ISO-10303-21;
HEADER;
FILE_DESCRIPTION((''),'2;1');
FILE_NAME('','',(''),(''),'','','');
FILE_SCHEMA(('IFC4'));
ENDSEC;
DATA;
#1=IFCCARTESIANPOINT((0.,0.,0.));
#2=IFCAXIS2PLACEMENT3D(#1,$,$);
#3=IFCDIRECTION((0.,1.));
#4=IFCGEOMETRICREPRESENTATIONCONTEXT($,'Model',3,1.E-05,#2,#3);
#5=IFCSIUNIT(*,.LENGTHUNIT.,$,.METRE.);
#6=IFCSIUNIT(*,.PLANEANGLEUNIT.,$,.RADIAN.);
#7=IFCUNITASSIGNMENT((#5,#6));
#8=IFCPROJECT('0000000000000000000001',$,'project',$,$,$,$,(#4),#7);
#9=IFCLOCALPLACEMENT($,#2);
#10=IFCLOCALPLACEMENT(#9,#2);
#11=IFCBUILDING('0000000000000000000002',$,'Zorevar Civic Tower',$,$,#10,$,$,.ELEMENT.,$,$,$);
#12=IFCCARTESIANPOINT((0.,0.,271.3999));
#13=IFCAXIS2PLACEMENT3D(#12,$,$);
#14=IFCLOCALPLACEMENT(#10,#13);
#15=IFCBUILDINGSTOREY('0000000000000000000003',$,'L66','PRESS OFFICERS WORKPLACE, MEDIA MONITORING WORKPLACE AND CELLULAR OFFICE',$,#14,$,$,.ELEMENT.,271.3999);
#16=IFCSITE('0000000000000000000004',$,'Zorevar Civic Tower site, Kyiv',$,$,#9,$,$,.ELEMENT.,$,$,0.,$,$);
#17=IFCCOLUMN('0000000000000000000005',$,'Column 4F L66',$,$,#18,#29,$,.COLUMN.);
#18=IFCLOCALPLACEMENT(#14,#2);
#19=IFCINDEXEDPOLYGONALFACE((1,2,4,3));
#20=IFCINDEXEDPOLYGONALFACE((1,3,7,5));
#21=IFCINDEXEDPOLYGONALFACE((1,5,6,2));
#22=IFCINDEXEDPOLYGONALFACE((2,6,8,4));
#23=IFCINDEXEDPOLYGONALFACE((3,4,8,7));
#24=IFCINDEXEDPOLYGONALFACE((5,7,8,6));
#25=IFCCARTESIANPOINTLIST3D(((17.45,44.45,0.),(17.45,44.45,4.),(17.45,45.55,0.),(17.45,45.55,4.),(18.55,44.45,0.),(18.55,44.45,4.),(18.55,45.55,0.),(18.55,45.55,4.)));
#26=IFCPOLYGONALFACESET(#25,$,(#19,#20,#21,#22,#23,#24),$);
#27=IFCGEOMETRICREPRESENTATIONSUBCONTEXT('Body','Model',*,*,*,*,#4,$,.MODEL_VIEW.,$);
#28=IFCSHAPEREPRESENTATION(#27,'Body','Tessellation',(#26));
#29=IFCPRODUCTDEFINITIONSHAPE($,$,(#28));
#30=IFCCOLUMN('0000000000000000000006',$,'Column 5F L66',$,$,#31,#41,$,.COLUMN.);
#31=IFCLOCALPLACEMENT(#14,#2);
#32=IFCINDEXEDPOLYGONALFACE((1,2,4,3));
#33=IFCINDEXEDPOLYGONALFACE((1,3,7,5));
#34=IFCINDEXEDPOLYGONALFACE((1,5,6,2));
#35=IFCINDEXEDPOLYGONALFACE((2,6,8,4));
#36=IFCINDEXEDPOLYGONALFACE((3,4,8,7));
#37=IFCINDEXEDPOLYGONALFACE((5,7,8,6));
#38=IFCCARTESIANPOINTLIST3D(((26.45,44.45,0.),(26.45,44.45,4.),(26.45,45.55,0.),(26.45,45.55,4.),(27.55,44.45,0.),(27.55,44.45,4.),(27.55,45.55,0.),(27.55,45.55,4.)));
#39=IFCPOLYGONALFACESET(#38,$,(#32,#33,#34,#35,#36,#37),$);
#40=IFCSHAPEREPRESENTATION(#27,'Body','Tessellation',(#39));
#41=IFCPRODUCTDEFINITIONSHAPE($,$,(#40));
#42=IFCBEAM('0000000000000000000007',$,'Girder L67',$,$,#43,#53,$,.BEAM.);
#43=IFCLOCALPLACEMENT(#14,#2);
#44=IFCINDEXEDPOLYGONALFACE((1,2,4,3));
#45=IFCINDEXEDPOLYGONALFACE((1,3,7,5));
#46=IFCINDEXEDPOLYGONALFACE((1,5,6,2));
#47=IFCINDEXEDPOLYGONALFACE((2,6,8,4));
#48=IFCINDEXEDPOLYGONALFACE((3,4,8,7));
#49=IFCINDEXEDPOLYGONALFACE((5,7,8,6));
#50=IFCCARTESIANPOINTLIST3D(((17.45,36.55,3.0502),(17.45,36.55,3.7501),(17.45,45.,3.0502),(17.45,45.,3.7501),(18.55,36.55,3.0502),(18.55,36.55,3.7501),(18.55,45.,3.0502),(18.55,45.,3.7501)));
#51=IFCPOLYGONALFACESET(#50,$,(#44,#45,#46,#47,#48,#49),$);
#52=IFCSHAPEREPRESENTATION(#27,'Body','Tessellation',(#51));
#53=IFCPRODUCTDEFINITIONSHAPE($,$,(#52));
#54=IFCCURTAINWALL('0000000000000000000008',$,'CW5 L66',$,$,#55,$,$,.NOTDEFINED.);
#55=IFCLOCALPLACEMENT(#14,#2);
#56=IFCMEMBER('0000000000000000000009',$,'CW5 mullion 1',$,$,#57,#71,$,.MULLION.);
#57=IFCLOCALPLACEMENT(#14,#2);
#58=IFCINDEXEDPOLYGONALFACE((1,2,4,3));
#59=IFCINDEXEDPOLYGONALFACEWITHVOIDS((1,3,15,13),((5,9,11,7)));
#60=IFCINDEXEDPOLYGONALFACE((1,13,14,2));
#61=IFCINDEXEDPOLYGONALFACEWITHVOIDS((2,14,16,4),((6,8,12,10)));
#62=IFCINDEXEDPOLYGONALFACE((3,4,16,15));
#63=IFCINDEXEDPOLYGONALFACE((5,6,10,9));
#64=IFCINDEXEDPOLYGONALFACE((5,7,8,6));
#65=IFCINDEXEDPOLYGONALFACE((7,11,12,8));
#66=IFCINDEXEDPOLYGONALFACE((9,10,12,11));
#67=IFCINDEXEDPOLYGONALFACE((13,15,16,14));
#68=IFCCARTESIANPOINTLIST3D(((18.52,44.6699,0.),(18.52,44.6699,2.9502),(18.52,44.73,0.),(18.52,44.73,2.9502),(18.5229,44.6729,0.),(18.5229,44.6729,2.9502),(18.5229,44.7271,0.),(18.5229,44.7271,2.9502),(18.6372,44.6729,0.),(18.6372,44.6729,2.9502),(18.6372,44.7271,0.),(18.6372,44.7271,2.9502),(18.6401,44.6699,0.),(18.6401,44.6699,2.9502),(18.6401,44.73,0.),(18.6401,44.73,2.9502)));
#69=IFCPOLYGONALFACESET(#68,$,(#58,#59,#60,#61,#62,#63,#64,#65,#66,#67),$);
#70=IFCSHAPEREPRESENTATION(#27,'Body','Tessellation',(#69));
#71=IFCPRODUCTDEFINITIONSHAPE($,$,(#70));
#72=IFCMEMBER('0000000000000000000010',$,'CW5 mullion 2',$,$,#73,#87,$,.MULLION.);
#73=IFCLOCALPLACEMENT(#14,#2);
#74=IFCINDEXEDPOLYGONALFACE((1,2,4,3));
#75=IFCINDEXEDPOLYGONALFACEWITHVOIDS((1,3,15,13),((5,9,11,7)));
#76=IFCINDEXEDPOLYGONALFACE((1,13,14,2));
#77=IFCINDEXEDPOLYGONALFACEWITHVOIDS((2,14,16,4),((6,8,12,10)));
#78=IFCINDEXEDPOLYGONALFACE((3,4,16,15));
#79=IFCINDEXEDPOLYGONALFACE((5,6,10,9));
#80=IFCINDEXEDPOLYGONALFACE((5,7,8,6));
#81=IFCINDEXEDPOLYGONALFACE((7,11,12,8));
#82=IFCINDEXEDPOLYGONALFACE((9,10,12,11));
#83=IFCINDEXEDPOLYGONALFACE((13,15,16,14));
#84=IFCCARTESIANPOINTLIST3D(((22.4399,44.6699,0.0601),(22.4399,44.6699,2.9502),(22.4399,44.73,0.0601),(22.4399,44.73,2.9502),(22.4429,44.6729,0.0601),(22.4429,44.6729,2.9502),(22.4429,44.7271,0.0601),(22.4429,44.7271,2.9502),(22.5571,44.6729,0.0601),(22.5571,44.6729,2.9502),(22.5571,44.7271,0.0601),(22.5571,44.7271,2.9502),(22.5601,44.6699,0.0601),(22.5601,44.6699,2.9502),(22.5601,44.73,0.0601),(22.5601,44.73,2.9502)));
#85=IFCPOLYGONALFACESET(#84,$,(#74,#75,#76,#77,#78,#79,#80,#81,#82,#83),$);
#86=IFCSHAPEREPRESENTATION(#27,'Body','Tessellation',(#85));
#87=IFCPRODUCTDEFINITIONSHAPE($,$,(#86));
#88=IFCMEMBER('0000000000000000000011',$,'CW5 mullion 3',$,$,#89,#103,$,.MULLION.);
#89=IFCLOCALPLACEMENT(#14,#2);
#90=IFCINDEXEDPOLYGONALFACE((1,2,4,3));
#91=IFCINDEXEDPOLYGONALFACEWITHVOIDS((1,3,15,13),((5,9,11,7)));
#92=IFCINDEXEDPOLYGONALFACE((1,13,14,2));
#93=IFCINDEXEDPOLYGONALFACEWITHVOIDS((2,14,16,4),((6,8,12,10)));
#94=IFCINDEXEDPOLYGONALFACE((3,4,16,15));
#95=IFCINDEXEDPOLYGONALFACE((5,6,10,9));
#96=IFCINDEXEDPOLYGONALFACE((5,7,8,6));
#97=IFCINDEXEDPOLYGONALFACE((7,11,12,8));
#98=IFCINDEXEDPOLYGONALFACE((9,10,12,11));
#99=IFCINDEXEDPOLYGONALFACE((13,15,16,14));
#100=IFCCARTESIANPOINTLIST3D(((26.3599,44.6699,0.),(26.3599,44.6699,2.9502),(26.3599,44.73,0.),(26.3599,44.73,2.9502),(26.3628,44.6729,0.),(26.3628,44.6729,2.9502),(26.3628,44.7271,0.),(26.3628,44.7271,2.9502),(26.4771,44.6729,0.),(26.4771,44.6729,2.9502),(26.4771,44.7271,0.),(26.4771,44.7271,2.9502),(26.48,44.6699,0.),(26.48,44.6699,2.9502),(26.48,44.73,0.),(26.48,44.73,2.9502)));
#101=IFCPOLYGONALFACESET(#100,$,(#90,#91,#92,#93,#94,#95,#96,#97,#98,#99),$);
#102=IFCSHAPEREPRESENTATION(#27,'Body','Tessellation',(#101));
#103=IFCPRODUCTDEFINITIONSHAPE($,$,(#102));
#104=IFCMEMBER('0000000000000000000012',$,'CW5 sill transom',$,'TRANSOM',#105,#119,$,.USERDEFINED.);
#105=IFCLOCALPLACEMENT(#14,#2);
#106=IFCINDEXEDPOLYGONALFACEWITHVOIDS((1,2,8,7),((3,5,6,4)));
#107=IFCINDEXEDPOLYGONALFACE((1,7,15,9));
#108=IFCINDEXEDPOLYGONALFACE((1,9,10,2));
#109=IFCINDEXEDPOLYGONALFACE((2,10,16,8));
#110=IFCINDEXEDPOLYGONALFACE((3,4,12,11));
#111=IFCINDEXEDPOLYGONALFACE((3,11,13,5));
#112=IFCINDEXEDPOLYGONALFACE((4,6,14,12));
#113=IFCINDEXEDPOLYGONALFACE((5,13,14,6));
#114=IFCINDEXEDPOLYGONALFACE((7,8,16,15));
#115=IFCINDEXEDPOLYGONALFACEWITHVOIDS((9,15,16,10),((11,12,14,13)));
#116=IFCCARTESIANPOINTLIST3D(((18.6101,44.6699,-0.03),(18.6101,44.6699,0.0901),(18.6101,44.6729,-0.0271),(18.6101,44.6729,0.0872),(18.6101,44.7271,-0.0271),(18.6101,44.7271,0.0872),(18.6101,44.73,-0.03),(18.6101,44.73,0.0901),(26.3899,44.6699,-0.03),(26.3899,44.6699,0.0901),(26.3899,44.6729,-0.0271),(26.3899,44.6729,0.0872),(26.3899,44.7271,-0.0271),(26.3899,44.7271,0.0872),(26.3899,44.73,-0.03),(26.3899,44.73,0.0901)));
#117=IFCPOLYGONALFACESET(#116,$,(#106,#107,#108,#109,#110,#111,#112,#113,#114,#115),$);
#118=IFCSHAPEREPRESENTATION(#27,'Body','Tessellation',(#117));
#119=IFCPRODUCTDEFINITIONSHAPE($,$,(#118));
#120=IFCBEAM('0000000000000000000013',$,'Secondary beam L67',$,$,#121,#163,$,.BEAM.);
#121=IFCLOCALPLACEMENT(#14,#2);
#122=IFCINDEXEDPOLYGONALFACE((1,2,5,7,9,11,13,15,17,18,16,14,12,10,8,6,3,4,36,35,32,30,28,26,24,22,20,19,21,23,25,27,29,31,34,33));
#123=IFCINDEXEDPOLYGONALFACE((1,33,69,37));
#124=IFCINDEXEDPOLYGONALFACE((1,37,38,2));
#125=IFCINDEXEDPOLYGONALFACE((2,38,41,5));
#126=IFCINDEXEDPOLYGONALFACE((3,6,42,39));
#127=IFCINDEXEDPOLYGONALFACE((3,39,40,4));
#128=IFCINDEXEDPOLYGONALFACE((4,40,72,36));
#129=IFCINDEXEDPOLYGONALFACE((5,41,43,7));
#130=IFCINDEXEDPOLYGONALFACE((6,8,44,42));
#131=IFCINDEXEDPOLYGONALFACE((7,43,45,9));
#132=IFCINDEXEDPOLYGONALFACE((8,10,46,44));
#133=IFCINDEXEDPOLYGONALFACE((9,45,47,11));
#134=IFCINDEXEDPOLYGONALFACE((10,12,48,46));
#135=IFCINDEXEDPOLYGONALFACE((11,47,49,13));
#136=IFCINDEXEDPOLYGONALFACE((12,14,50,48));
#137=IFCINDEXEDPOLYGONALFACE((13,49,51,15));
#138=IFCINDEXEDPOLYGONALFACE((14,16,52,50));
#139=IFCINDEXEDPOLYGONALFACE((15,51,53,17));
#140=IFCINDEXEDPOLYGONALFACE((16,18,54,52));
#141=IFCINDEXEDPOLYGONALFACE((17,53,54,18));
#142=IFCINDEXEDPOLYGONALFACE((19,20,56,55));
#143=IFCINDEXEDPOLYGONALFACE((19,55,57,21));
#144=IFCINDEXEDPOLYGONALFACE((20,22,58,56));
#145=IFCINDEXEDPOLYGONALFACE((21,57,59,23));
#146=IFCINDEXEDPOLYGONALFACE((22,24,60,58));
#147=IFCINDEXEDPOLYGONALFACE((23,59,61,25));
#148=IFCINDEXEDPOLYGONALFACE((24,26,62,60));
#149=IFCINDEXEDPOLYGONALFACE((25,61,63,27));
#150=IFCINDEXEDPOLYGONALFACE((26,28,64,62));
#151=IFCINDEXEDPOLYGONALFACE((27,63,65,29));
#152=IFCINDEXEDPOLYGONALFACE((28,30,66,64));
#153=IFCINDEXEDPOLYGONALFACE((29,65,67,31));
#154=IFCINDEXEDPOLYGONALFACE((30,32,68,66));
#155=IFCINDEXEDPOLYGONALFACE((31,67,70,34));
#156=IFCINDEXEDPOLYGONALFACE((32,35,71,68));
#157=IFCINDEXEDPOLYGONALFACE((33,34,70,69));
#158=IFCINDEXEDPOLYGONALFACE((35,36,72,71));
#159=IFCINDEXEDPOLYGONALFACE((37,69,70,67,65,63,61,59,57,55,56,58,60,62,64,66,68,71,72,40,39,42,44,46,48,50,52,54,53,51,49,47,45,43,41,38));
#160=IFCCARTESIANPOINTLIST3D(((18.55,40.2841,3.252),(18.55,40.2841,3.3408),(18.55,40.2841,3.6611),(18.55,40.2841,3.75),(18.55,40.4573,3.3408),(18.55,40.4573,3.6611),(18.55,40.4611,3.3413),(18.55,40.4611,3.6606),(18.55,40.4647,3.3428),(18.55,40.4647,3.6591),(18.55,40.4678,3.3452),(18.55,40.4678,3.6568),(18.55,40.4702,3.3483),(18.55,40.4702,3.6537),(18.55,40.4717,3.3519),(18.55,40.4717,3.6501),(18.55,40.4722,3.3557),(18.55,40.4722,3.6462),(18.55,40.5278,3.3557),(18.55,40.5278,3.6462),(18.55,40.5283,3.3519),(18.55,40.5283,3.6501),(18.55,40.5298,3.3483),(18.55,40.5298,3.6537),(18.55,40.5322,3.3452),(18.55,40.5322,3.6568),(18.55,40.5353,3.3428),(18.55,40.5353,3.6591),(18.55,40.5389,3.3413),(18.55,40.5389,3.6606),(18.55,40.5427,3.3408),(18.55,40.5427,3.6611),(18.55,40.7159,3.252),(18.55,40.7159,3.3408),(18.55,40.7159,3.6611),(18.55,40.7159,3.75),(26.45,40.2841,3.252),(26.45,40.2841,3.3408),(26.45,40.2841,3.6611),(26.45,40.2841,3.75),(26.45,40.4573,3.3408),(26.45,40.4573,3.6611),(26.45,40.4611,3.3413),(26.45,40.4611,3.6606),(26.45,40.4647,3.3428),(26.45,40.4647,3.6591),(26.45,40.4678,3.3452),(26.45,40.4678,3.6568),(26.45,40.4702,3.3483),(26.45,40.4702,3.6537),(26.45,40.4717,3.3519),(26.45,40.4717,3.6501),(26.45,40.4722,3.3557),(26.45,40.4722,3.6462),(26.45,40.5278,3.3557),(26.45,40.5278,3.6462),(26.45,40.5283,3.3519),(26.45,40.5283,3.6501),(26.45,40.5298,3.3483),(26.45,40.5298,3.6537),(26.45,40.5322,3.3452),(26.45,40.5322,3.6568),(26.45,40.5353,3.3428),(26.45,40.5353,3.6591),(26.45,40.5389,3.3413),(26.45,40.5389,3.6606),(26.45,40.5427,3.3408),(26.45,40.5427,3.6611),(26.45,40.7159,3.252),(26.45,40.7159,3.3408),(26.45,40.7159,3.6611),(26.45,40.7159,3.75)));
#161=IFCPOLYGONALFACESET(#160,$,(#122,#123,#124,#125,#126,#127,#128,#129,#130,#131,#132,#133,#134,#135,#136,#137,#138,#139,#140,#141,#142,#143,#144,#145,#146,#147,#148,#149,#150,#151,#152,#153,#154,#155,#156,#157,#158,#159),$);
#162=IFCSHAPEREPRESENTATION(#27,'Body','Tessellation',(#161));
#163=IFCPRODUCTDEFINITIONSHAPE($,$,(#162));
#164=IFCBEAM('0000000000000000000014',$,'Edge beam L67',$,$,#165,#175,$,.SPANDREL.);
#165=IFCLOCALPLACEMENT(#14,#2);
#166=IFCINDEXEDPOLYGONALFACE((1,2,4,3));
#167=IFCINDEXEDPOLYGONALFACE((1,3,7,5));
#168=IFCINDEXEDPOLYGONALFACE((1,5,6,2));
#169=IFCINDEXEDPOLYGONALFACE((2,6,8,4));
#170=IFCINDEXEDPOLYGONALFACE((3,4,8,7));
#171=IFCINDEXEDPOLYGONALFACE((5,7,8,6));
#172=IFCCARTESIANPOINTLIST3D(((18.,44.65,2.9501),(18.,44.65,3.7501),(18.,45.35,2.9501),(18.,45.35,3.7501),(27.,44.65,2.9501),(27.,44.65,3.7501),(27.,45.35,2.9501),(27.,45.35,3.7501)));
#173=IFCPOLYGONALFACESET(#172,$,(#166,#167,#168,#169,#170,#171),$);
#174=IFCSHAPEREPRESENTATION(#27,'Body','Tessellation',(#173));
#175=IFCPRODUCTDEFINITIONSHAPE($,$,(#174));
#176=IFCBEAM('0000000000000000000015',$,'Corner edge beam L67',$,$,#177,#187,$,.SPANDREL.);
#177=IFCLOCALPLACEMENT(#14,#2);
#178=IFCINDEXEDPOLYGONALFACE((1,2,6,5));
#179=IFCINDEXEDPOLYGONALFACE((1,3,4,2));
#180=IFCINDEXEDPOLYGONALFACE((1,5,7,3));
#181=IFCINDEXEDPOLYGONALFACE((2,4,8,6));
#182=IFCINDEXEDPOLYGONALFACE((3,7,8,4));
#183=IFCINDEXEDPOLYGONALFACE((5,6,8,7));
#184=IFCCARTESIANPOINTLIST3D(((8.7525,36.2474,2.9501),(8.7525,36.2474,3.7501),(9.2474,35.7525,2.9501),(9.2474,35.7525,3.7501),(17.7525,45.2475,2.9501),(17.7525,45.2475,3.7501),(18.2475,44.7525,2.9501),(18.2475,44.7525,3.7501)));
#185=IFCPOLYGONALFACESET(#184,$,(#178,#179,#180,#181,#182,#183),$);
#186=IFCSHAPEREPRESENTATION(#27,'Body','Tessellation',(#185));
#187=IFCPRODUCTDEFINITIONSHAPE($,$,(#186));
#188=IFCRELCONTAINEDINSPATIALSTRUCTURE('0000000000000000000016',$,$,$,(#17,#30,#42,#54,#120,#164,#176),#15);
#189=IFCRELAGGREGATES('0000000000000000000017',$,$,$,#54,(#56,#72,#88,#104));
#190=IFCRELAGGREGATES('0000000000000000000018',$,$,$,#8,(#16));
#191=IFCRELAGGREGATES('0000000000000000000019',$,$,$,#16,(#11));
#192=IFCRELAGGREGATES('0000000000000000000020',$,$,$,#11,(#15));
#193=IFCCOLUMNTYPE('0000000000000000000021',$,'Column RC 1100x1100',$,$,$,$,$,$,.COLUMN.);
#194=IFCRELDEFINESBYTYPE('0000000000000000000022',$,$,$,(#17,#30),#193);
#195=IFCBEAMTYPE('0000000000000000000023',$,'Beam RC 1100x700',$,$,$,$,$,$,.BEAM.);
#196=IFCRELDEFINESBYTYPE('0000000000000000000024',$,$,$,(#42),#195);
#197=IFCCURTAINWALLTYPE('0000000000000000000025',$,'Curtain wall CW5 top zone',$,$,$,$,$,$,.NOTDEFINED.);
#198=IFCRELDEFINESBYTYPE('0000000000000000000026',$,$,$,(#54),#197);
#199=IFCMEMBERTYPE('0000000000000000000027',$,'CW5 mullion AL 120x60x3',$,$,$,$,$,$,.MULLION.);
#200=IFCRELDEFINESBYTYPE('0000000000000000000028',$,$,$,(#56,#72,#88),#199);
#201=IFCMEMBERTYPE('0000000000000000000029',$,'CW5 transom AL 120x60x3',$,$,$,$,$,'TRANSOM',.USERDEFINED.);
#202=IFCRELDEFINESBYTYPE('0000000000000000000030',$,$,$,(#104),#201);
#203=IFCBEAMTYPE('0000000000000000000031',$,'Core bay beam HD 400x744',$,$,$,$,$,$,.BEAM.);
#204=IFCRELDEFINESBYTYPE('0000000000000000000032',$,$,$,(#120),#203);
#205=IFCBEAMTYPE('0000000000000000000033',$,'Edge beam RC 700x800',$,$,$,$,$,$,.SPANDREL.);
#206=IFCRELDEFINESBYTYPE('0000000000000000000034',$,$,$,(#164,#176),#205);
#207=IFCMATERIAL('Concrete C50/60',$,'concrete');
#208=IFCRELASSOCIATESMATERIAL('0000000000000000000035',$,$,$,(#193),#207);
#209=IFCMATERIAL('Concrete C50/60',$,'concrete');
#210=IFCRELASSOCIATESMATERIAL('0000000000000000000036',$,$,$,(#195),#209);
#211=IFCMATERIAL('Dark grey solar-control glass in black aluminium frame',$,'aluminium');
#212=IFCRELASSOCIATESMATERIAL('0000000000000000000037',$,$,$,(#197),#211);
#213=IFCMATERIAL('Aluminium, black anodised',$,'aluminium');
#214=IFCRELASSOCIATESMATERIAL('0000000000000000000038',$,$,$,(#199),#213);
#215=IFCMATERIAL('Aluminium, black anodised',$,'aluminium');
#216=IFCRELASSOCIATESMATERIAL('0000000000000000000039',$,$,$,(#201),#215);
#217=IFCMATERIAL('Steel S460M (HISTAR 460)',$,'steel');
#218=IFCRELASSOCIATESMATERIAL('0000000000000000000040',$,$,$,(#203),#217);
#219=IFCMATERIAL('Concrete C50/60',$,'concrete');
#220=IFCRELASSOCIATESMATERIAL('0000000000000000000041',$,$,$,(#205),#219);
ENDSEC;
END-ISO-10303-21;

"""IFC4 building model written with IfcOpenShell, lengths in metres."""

from ifc_helpers import new_model, si_unit, direction, frame, origin, origin_2d, place, context, subcontext, project, spatial, rectangle, hollow_rectangle, i_section, extrude, material, material_profile, profile_set, type_object, element, aggregate, save


model = new_model("IFC4")

# Units and contexts
model_context = context("Model", 3, precision=1e-05, world=origin(), true_north=direction((0.0, 1.0)))
body_context = subcontext(model_context, "Body", "Model", "MODEL_VIEW")
ifc_project = project(units=[si_unit("LENGTHUNIT", "METRE"), si_unit("PLANEANGLEUNIT", "RADIAN")], contexts=[model_context])

# Site, building, storey
site_placement = place(None, origin())
site = spatial("IfcSite", under=ifc_project, at=site_placement, Name="Zorevar Civic Tower site, Kyiv", CompositionType="ELEMENT", RefElevation=0.0)
building_placement = place(site_placement, origin())
building = spatial("IfcBuilding", under=site, at=building_placement, Name="Zorevar Civic Tower", CompositionType="ELEMENT")
storey_placement = place(building_placement, frame((0.0, 0.0, 271.3999)))
storey = spatial("IfcBuildingStorey", under=building, at=storey_placement, Name="L66", Description="PRESS OFFICERS WORKPLACE, MEDIA MONITORING WORKPLACE AND CELLULAR OFFICE", CompositionType="ELEMENT", Elevation=271.3999)

# Columns
ifc_material_1 = material(Name="Concrete C50/60", Category="concrete")
ifc_material_profile_1 = material_profile(ifc_material_1, rectangle(XDim=1.1001, YDim=1.1001, at=origin_2d()), Name="RC 1100x1100")
ifc_profile_set_1 = profile_set([ifc_material_profile_1], Name="Concrete C50/60")
column_type = type_object("IfcColumnType", Name="Column RC 1100x1100", PredefinedType="COLUMN", material=ifc_profile_set_1)
for number, where, z_axis, x_axis, name in (
    (1, (18.0, 45.0, 0.0), (0.0, 0.0, 1.0), (1.0, 0.0, 0.0), "Column 4F L66"),
    (2, (27.0, 45.0, 0.0), (0.0, 0.0, 1.0), (1.0, 0.0, 0.0), "Column 5F L66"),
):
    element("IfcColumn", number, at=place(storey_placement, frame(where, z_axis=z_axis, x_axis=x_axis)), inside=storey, type_object=column_type, Name=name, PredefinedType="COLUMN", context=body_context, shape_type="SweptSolid", body=[
        extrude(rectangle(XDim=1.1001, YDim=1.1001, at=origin_2d()), origin(), (0.0, 0.0, 1.0), 4.0),
    ])

# Beam
ifc_material_2 = material(Name="Concrete C50/60", Category="concrete")
ifc_material_profile_2 = material_profile(ifc_material_2, rectangle(XDim=1.1001, YDim=0.7, at=origin_2d()), Name="RC 1100x700")
ifc_profile_set_2 = profile_set([ifc_material_profile_2], Name="Concrete C50/60")
beam_type_1 = type_object("IfcBeamType", Name="Beam RC 1100x700", PredefinedType="BEAM", material=ifc_profile_set_2)
beam_1_placement = place(storey_placement, frame((18.0, 36.55, 3.4001), z_axis=(0.0, 1.0, 0.0), x_axis=(-1.0, 0.0, 0.0)))
element("IfcBeam", 3, at=beam_1_placement, inside=storey, type_object=beam_type_1, Name="Girder L67", PredefinedType="BEAM", context=body_context, shape_type="SweptSolid", body=[
    extrude(rectangle(XDim=1.1001, YDim=0.7, at=origin_2d()), origin(), (0.0, 0.0, 1.0), 8.45),
])

# Curtain wall, members
ifc_material_3 = material(Name="Dark grey solar-control glass in black aluminium frame", Category="aluminium")
curtain_wall_type = type_object("IfcCurtainWallType", Name="Curtain wall CW5 top zone", PredefinedType="NOTDEFINED", material=ifc_material_3)
curtain_wall_placement = place(storey_placement, origin())
curtain_wall = element("IfcCurtainWall", 4, at=curtain_wall_placement, inside=storey, type_object=curtain_wall_type, Name="CW5 L66", PredefinedType="NOTDEFINED")
ifc_material_4 = material(Name="Aluminium, black anodised", Category="aluminium")
ifc_material_profile_3 = material_profile(ifc_material_4, hollow_rectangle(XDim=0.0601, YDim=0.1201, WallThickness=0.0029, at=origin_2d()), Name="AL 120x60x3")
ifc_profile_set_3 = profile_set([ifc_material_profile_3], Name="Aluminium, black anodised")
member_type_1 = type_object("IfcMemberType", Name="CW5 mullion AL 120x60x3", PredefinedType="MULLION", material=ifc_profile_set_3)
member_1_placement = place(storey_placement, frame((18.5801, 44.7, 0.0), z_axis=(0.0, 0.0, 1.0), x_axis=(0.0, 1.0, 0.0)))
member_1 = element("IfcMember", 5, at=member_1_placement, type_object=member_type_1, Name="CW5 mullion 1", PredefinedType="MULLION", context=body_context, shape_type="SweptSolid", body=[
    extrude(hollow_rectangle(XDim=0.0601, YDim=0.1201, WallThickness=0.0029, at=origin_2d()), origin(), (0.0, 0.0, 1.0), 2.9502),
])
member_2_placement = place(storey_placement, frame((22.5, 44.7, 0.0601), z_axis=(0.0, 0.0, 1.0), x_axis=(0.0, 1.0, 0.0)))
member_2 = element("IfcMember", 6, at=member_2_placement, type_object=member_type_1, Name="CW5 mullion 2", PredefinedType="MULLION", context=body_context, shape_type="SweptSolid", body=[
    extrude(hollow_rectangle(XDim=0.0601, YDim=0.1201, WallThickness=0.0029, at=origin_2d()), origin(), (0.0, 0.0, 1.0), 2.8901),
])
member_3_placement = place(storey_placement, frame((26.4199, 44.7, 0.0), z_axis=(0.0, 0.0, 1.0), x_axis=(0.0, 1.0, 0.0)))
member_3 = element("IfcMember", 7, at=member_3_placement, type_object=member_type_1, Name="CW5 mullion 3", PredefinedType="MULLION", context=body_context, shape_type="SweptSolid", body=[
    extrude(hollow_rectangle(XDim=0.0601, YDim=0.1201, WallThickness=0.0029, at=origin_2d()), origin(), (0.0, 0.0, 1.0), 2.9502),
])
ifc_material_5 = material(Name="Aluminium, black anodised", Category="aluminium")
ifc_material_profile_4 = material_profile(ifc_material_5, hollow_rectangle(XDim=0.0601, YDim=0.1201, WallThickness=0.0029, at=origin_2d()), Name="AL 120x60x3")
ifc_profile_set_4 = profile_set([ifc_material_profile_4], Name="Aluminium, black anodised")
member_type_2 = type_object("IfcMemberType", Name="CW5 transom AL 120x60x3", ElementType="TRANSOM", PredefinedType="USERDEFINED", material=ifc_profile_set_4)
member_4_placement = place(storey_placement, frame((18.6101, 44.7, 0.03), z_axis=(1.0, 0.0, 0.0), x_axis=(0.0, 1.0, 0.0)))
member_4 = element("IfcMember", 8, at=member_4_placement, type_object=member_type_2, Name="CW5 sill transom", ObjectType="TRANSOM", PredefinedType="USERDEFINED", context=body_context, shape_type="SweptSolid", body=[
    extrude(hollow_rectangle(XDim=0.0601, YDim=0.1201, WallThickness=0.0029, at=origin_2d()), origin(), (0.0, 0.0, 1.0), 7.7798),
])

# Beams
ifc_material_6 = material(Name="Steel S460M (HISTAR 460)", Category="steel")
ifc_material_profile_5 = material_profile(ifc_material_6, i_section(OverallWidth=0.4319, OverallDepth=0.498, WebThickness=0.0557, FlangeThickness=0.0889, FilletRadius=0.0149, at=origin_2d()), Name="HD 400x744")
ifc_profile_set_5 = profile_set([ifc_material_profile_5], Name="Steel S460M (HISTAR 460)")
beam_type_2 = type_object("IfcBeamType", Name="Core bay beam HD 400x744", PredefinedType="BEAM", material=ifc_profile_set_5)
beam_2_placement = place(storey_placement, frame((18.55, 40.5, 3.501), z_axis=(1.0, 0.0, 0.0), x_axis=(0.0, 1.0, 0.0)))
element("IfcBeam", 9, at=beam_2_placement, inside=storey, type_object=beam_type_2, Name="Secondary beam L67", PredefinedType="BEAM", context=body_context, shape_type="SweptSolid", body=[
    extrude(i_section(OverallWidth=0.4319, OverallDepth=0.498, WebThickness=0.0557, FlangeThickness=0.0889, FilletRadius=0.0149, at=origin_2d()), origin(), (0.0, 0.0, 1.0), 7.8999),
])
ifc_material_7 = material(Name="Concrete C50/60", Category="concrete")
ifc_material_profile_6 = material_profile(ifc_material_7, rectangle(XDim=0.7, YDim=0.8, at=origin_2d()), Name="RC 700x800")
ifc_profile_set_6 = profile_set([ifc_material_profile_6], Name="Concrete C50/60")
beam_type_3 = type_object("IfcBeamType", Name="Edge beam RC 700x800", PredefinedType="SPANDREL", material=ifc_profile_set_6)
beam_3_placement = place(storey_placement, frame((18.0, 45.0, 3.3501), z_axis=(1.0, 0.0, 0.0), x_axis=(0.0, 1.0, 0.0)))
element("IfcBeam", 10, at=beam_3_placement, inside=storey, type_object=beam_type_3, Name="Edge beam L67", PredefinedType="SPANDREL", context=body_context, shape_type="SweptSolid", body=[
    extrude(rectangle(XDim=0.7, YDim=0.8, at=origin_2d()), origin(), (0.0, 0.0, 1.0), 9.0),
])
beam_4_placement = place(storey_placement, frame((18.0, 45.0, 3.3501), z_axis=(-0.707107, -0.707107, 0.0), x_axis=(0.707107, -0.707107, 0.0)))
element("IfcBeam", 11, at=beam_4_placement, inside=storey, type_object=beam_type_3, Name="Corner edge beam L67", PredefinedType="SPANDREL", context=body_context, shape_type="SweptSolid", body=[
    extrude(rectangle(XDim=0.7, YDim=0.8, at=origin_2d()), origin(), (0.0, 0.0, 1.0), 12.728),
])

aggregate(curtain_wall, [member_1, member_2, member_3, member_4])

save(model, "model.ifc")
